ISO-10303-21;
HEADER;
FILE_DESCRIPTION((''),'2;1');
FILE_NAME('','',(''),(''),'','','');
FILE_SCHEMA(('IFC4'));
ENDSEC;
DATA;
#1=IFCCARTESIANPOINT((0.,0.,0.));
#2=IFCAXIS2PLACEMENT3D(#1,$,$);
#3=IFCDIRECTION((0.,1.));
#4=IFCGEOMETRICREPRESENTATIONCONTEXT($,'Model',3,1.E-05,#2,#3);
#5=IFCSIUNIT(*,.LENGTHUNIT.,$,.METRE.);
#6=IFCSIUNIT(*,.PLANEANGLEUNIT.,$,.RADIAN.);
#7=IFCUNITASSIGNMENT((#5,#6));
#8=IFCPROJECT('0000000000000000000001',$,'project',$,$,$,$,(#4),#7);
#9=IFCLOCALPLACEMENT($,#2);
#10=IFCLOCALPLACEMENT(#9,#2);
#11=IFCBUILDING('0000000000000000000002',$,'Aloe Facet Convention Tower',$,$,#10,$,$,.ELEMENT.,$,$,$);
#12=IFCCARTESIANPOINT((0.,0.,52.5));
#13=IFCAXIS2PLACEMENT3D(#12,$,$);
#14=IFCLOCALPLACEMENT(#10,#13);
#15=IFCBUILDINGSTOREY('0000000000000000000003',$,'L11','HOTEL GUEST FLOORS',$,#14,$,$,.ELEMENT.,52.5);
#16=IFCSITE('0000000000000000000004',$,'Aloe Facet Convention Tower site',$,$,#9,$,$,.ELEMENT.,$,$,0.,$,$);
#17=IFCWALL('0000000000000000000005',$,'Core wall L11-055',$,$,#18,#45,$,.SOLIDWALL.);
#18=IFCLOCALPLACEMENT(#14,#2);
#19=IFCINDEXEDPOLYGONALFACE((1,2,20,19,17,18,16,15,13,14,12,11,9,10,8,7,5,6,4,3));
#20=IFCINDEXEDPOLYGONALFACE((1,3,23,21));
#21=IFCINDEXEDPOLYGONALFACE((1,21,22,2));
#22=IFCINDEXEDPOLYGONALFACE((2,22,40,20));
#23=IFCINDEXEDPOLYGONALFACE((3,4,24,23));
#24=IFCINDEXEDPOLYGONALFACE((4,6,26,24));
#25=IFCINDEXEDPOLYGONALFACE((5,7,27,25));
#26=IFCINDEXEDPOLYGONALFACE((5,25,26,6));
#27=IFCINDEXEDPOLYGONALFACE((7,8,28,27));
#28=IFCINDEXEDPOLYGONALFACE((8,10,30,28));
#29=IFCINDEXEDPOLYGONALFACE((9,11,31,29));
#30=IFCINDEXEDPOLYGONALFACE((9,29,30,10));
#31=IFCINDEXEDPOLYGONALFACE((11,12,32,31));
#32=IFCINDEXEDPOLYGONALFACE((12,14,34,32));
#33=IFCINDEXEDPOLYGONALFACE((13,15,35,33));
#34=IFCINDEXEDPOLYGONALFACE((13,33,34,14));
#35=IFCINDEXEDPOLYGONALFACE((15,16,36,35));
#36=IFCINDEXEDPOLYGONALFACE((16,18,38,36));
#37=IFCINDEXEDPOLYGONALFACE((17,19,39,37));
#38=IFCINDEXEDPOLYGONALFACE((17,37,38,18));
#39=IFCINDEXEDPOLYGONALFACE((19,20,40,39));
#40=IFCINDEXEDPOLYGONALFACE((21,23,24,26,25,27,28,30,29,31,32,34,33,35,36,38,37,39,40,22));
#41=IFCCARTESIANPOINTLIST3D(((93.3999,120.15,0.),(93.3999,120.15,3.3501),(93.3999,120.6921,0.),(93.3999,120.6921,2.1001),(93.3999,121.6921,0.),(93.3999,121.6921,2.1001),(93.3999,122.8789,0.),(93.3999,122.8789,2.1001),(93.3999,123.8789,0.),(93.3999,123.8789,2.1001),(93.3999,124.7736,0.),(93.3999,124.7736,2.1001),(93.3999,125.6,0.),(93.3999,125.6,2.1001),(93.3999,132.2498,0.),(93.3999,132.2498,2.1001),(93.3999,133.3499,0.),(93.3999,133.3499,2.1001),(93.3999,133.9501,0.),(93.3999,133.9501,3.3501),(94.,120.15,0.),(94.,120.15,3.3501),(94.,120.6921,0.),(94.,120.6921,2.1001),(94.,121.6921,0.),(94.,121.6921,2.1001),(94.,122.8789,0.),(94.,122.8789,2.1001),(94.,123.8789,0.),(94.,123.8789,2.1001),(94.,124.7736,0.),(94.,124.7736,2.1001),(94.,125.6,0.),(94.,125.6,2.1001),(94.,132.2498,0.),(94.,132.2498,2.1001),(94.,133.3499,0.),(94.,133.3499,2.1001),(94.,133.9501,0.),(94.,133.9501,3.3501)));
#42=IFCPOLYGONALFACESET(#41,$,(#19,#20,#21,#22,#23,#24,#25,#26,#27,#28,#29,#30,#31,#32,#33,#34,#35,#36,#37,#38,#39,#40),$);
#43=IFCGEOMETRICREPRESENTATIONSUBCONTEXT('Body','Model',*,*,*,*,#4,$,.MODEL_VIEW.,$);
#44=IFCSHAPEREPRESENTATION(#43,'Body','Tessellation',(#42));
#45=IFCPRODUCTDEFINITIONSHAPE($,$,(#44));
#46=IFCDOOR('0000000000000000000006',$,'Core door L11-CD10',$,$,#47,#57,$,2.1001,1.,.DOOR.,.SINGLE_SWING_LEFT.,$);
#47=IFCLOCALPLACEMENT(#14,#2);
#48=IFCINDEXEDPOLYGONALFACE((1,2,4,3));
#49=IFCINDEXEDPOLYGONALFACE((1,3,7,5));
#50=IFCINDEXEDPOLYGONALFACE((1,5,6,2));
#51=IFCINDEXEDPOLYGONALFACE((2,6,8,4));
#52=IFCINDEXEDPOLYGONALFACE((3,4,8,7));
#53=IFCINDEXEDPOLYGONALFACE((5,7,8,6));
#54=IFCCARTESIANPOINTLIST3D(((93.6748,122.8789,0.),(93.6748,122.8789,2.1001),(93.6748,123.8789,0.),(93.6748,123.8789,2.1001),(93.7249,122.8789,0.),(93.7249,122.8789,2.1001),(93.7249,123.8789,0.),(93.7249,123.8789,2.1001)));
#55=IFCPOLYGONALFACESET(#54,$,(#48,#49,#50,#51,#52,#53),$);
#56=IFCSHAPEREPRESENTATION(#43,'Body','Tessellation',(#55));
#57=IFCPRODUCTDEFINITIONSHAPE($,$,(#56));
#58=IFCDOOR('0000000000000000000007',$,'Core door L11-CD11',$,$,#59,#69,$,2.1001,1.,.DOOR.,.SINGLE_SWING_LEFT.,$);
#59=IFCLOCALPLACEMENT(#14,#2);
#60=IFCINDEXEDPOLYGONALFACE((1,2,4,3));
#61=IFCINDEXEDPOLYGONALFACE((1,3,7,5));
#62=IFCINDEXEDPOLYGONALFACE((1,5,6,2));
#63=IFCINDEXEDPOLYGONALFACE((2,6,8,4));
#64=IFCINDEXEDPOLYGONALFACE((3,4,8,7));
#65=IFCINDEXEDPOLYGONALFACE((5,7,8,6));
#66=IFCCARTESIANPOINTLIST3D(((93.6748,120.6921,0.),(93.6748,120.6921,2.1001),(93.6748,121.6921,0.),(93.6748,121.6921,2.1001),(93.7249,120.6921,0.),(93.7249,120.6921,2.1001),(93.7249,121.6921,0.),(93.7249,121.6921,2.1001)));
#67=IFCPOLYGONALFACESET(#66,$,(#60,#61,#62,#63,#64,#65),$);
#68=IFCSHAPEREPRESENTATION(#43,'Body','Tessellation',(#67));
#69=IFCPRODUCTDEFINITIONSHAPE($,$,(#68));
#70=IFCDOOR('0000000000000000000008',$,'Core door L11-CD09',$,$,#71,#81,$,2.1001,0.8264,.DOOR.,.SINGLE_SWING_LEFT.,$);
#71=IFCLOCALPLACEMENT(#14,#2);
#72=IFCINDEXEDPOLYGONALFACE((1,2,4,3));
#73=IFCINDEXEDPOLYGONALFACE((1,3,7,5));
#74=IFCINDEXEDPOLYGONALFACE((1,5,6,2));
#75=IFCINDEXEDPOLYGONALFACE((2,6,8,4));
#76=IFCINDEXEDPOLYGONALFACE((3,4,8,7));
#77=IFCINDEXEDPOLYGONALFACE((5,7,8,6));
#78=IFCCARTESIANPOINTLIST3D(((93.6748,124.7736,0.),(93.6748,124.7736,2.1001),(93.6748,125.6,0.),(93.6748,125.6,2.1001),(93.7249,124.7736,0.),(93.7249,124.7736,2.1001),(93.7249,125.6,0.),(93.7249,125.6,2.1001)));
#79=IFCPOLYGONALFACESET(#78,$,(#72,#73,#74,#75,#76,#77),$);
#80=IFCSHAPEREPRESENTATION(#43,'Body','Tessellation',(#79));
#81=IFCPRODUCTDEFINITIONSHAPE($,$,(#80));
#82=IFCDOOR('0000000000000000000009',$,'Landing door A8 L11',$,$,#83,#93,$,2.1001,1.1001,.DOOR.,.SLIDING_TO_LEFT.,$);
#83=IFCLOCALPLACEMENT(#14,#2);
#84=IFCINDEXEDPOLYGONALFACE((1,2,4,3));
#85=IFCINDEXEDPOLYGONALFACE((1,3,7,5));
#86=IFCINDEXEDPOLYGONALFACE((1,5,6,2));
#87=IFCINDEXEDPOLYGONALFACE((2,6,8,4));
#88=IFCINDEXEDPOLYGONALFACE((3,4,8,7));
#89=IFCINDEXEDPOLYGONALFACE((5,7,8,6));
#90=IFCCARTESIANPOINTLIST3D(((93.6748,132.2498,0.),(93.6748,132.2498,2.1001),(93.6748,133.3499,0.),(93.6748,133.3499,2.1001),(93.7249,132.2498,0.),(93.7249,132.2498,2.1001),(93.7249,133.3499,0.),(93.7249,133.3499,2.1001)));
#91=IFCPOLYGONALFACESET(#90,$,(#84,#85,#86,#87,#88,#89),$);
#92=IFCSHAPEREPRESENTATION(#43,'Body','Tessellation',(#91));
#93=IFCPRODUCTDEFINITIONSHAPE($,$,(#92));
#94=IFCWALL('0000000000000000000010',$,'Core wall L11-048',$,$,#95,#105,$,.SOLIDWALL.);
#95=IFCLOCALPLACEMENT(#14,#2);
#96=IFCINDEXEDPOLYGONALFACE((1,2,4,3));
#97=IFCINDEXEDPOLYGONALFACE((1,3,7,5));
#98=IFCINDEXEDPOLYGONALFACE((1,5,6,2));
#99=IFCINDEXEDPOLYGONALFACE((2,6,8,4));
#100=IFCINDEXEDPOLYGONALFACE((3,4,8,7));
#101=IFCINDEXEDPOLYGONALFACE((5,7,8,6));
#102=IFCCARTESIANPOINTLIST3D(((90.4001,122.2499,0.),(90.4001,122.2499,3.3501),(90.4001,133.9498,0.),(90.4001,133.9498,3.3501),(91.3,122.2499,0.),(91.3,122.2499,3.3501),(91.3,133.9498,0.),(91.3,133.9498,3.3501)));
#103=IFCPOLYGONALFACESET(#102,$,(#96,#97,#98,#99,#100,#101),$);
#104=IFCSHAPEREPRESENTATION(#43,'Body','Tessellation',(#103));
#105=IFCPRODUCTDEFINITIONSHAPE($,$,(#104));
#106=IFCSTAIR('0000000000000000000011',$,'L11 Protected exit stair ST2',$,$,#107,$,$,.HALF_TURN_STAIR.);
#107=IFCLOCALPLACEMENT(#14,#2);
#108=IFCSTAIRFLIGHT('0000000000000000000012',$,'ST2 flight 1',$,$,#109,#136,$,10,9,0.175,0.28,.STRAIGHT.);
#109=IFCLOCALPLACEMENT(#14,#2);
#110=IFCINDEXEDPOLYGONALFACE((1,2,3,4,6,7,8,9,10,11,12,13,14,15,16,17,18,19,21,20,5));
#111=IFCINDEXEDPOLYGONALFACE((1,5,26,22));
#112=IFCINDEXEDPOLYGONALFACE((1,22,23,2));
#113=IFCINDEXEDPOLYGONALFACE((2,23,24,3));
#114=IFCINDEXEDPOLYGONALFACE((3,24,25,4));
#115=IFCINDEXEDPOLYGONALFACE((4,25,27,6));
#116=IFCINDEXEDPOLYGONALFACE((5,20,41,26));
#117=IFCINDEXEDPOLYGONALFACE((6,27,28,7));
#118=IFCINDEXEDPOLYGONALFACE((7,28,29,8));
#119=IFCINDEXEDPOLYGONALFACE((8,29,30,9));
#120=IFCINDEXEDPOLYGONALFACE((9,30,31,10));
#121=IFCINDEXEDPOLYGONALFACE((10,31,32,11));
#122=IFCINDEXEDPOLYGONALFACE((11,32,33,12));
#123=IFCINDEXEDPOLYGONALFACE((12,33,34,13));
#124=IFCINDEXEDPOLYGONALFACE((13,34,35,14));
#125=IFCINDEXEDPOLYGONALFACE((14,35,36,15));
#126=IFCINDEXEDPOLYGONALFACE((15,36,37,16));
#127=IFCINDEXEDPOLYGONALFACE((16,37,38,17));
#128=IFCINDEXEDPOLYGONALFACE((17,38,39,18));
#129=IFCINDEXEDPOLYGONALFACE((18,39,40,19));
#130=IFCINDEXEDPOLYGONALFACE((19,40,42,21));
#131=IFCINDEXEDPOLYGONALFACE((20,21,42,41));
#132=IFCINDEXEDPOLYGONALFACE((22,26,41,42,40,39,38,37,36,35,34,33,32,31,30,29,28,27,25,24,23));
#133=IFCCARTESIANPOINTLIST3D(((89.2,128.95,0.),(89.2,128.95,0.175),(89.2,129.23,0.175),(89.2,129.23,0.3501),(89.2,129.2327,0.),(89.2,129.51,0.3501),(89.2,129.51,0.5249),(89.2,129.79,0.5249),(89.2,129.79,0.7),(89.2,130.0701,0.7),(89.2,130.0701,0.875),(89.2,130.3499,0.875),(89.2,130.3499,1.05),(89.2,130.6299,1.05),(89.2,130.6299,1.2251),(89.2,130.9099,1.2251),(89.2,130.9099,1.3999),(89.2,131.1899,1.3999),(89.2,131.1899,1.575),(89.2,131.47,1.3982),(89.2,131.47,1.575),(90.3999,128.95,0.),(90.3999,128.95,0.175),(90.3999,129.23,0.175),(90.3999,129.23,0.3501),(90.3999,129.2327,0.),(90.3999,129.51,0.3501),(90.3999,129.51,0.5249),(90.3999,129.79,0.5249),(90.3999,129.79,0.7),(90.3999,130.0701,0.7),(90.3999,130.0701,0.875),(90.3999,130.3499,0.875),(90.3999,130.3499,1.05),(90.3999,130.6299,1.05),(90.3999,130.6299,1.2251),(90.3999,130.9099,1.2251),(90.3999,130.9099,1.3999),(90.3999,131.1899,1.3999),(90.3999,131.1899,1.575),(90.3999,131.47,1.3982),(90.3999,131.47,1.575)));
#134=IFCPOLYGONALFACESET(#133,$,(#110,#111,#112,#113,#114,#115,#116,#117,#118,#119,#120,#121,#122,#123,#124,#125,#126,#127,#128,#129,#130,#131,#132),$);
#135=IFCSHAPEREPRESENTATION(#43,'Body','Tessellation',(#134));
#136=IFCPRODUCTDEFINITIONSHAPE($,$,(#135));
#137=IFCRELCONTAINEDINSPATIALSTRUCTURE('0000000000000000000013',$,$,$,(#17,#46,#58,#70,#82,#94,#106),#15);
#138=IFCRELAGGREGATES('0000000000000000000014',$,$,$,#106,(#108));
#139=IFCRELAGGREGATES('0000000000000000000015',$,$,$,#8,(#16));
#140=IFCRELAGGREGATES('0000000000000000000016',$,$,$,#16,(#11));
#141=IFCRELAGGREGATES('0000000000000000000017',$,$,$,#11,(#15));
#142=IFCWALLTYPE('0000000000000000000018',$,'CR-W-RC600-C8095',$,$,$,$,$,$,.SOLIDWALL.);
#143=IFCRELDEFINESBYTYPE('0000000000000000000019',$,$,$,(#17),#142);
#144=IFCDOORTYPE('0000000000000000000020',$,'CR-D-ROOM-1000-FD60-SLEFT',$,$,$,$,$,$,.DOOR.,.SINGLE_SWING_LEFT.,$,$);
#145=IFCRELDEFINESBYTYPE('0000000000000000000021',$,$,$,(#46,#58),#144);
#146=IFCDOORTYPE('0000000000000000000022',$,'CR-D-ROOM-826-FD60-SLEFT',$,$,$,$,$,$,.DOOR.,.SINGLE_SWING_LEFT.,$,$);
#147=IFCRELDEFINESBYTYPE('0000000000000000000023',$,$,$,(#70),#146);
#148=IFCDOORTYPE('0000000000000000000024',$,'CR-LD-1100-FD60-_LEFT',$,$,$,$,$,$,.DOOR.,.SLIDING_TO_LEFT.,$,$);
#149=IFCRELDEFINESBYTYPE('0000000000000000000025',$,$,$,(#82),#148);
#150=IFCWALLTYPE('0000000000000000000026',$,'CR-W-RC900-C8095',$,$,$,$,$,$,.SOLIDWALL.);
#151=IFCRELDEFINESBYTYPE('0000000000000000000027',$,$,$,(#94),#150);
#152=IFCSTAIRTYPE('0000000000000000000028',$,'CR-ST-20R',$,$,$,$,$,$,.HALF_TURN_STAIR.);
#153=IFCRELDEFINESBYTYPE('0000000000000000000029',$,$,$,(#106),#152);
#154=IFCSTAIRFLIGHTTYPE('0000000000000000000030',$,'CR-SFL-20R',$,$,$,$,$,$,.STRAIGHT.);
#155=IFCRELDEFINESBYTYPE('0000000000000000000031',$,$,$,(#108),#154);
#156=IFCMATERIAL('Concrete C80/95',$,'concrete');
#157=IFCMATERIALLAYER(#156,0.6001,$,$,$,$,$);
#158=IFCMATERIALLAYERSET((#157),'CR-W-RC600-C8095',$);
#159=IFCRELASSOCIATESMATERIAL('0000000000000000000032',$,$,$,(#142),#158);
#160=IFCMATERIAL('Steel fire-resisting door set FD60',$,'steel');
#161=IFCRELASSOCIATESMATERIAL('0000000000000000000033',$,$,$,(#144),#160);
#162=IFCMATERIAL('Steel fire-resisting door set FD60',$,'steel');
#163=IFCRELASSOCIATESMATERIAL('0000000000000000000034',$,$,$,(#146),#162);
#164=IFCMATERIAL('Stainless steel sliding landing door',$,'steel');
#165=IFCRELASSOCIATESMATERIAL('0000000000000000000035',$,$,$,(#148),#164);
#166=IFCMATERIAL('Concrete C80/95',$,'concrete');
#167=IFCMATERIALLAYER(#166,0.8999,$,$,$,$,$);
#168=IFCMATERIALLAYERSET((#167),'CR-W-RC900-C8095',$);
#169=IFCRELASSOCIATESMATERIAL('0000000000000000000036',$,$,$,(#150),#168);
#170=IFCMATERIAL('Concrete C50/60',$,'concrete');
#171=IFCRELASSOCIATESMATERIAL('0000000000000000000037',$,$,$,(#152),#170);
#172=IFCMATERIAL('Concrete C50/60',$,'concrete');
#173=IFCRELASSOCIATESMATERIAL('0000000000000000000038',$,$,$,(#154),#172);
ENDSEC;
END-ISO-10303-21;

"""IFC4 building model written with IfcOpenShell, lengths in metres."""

from ifc_helpers import new_model, si_unit, direction, frame, frame_2d, origin, place, context, subcontext, project, spatial, polyline, rectangle, outline, extrude, material, layer, layer_set, type_object, element, fill, aggregate, save


model = new_model("IFC4")

# Units and contexts
model_context = context("Model", 3, precision=1e-05, world=origin(), true_north=direction((0.0, 1.0)))
body_context = subcontext(model_context, "Body", "Model", "MODEL_VIEW")
ifc_project = project(units=[si_unit("LENGTHUNIT", "METRE"), si_unit("PLANEANGLEUNIT", "RADIAN")], contexts=[model_context])

# Site, building, storey
site_placement = place(None, origin())
site = spatial("IfcSite", under=ifc_project, at=site_placement, Name="Aloe Facet Convention Tower site", CompositionType="ELEMENT", RefElevation=0.0)
building_placement = place(site_placement, origin())
building = spatial("IfcBuilding", under=site, at=building_placement, Name="Aloe Facet Convention Tower", CompositionType="ELEMENT")
storey_placement = place(building_placement, frame((0.0, 0.0, 52.5)))
storey = spatial("IfcBuildingStorey", under=building, at=storey_placement, Name="L11", Description="HOTEL GUEST FLOORS", CompositionType="ELEMENT", Elevation=52.5)

# Shared definitions
ifc_material_1 = material(Name="Concrete C80/95", Category="concrete")
ifc_layer_1 = layer(ifc_material_1, 0.6001)
ifc_layer_set_1 = layer_set([ifc_layer_1], Name="CR-W-RC600-C8095")
wall_type_1 = type_object("IfcWallType", Name="CR-W-RC600-C8095", PredefinedType="SOLIDWALL", material=ifc_layer_set_1)

# Wall, openings, doors
wall_1_placement = place(storey_placement, frame((93.7, 133.95, 0.0), z_axis=(0.0, 0.0, 1.0), x_axis=(0.0, -1.0, 0.0)))
wall_1 = element("IfcWall", 1, at=wall_1_placement, inside=storey, type_object=wall_type_1, Name="Core wall L11-055", PredefinedType="SOLIDWALL", context=body_context, shape_type="SweptSolid", body=[
    extrude(rectangle(XDim=13.8, YDim=0.6001, at=frame_2d((6.8999, 0.0))), origin(), (0.0, 0.0, 1.0), 3.3501),
])
opening_1_placement = place(wall_1_placement, frame((0.6001, 0.0, 0.0)))
opening_1 = element("IfcOpeningElement", 2, at=opening_1_placement, cuts=wall_1, PredefinedType="OPENING", context=body_context, shape_type="SweptSolid", body=[
    extrude(rectangle(XDim=1.1001, YDim=2.1001, at=frame_2d((0.55, 1.05))), frame((0.0, 0.3101, 0.0), z_axis=(0.0, -1.0, 0.0), x_axis=(1.0, 0.0, 0.0)), (0.0, 0.0, 1.0), 0.6201),
])
opening_2_placement = place(wall_1_placement, frame((8.3501, 0.0, 0.0)))
opening_2 = element("IfcOpeningElement", 3, at=opening_2_placement, cuts=wall_1, PredefinedType="OPENING", context=body_context, shape_type="SweptSolid", body=[
    extrude(rectangle(XDim=0.8264, YDim=2.1001, at=frame_2d((0.4131, 1.05))), frame((0.0, 0.3101, 0.0), z_axis=(0.0, -1.0, 0.0), x_axis=(1.0, 0.0, 0.0)), (0.0, 0.0, 1.0), 0.6201),
])
opening_3_placement = place(wall_1_placement, frame((10.071, 0.0, 0.0)))
opening_3 = element("IfcOpeningElement", 4, at=opening_3_placement, cuts=wall_1, PredefinedType="OPENING", context=body_context, shape_type="SweptSolid", body=[
    extrude(rectangle(XDim=1.0, YDim=2.1001, at=frame_2d((0.5, 1.05))), frame((0.0, 0.3101, 0.0), z_axis=(0.0, -1.0, 0.0), x_axis=(1.0, 0.0, 0.0)), (0.0, 0.0, 1.0), 0.6201),
])
opening_4_placement = place(wall_1_placement, frame((12.2578, 0.0, 0.0)))
opening_4 = element("IfcOpeningElement", 5, at=opening_4_placement, cuts=wall_1, PredefinedType="OPENING", context=body_context, shape_type="SweptSolid", body=[
    extrude(rectangle(XDim=1.0, YDim=2.1001, at=frame_2d((0.5, 1.05))), frame((0.0, 0.3101, 0.0), z_axis=(0.0, -1.0, 0.0), x_axis=(1.0, 0.0, 0.0)), (0.0, 0.0, 1.0), 0.6201),
])
ifc_material_2 = material(Name="Steel fire-resisting door set FD60", Category="steel")
door_type_1 = type_object("IfcDoorType", Name="CR-D-ROOM-1000-FD60-SLEFT", OperationType="SINGLE_SWING_LEFT", PredefinedType="DOOR", material=ifc_material_2)
door_1_placement = place(opening_3_placement, origin())
door_1 = element("IfcDoor", 6, at=door_1_placement, inside=storey, type_object=door_type_1, Name="Core door L11-CD10", OperationType="SINGLE_SWING_LEFT", OverallHeight=2.1001, OverallWidth=1.0, PredefinedType="DOOR", context=body_context, shape_type="SweptSolid", body=[
    extrude(rectangle(XDim=1.0, YDim=2.1001, at=frame_2d((0.5, 1.05))), frame((0.0, 0.0249, 0.0), z_axis=(0.0, -1.0, 0.0), x_axis=(1.0, 0.0, 0.0)), (0.0, 0.0, 1.0), 0.05),
])
fill(opening_3, door_1)
door_2_placement = place(opening_4_placement, origin())
door_2 = element("IfcDoor", 7, at=door_2_placement, inside=storey, type_object=door_type_1, Name="Core door L11-CD11", OperationType="SINGLE_SWING_LEFT", OverallHeight=2.1001, OverallWidth=1.0, PredefinedType="DOOR", context=body_context, shape_type="SweptSolid", body=[
    extrude(rectangle(XDim=1.0, YDim=2.1001, at=frame_2d((0.5, 1.05))), frame((0.0, 0.0249, 0.0), z_axis=(0.0, -1.0, 0.0), x_axis=(1.0, 0.0, 0.0)), (0.0, 0.0, 1.0), 0.05),
])
fill(opening_4, door_2)
ifc_material_3 = material(Name="Steel fire-resisting door set FD60", Category="steel")
door_type_2 = type_object("IfcDoorType", Name="CR-D-ROOM-826-FD60-SLEFT", OperationType="SINGLE_SWING_LEFT", PredefinedType="DOOR", material=ifc_material_3)
door_3_placement = place(opening_2_placement, origin())
door_3 = element("IfcDoor", 8, at=door_3_placement, inside=storey, type_object=door_type_2, Name="Core door L11-CD09", OperationType="SINGLE_SWING_LEFT", OverallHeight=2.1001, OverallWidth=0.8264, PredefinedType="DOOR", context=body_context, shape_type="SweptSolid", body=[
    extrude(rectangle(XDim=0.8264, YDim=2.1001, at=frame_2d((0.4131, 1.05))), frame((0.0, 0.0249, 0.0), z_axis=(0.0, -1.0, 0.0), x_axis=(1.0, 0.0, 0.0)), (0.0, 0.0, 1.0), 0.05),
])
fill(opening_2, door_3)
ifc_material_4 = material(Name="Stainless steel sliding landing door", Category="steel")
door_type_3 = type_object("IfcDoorType", Name="CR-LD-1100-FD60-_LEFT", OperationType="SLIDING_TO_LEFT", PredefinedType="DOOR", material=ifc_material_4)
door_4_placement = place(opening_1_placement, origin())
door_4 = element("IfcDoor", 9, at=door_4_placement, inside=storey, type_object=door_type_3, Name="Landing door A8 L11", OperationType="SLIDING_TO_LEFT", OverallHeight=2.1001, OverallWidth=1.1001, PredefinedType="DOOR", context=body_context, shape_type="SweptSolid", body=[
    extrude(rectangle(XDim=1.1001, YDim=2.1001, at=frame_2d((0.55, 1.05))), frame((0.0, 0.0249, 0.0), z_axis=(0.0, -1.0, 0.0), x_axis=(1.0, 0.0, 0.0)), (0.0, 0.0, 1.0), 0.05),
])
fill(opening_1, door_4)

# Wall
ifc_material_5 = material(Name="Concrete C80/95", Category="concrete")
ifc_layer_2 = layer(ifc_material_5, 0.8999)
ifc_layer_set_2 = layer_set([ifc_layer_2], Name="CR-W-RC900-C8095")
wall_type_2 = type_object("IfcWallType", Name="CR-W-RC900-C8095", PredefinedType="SOLIDWALL", material=ifc_layer_set_2)
wall_2_placement = place(storey_placement, frame((90.8501, 133.95, 0.0), z_axis=(0.0, 0.0, 1.0), x_axis=(0.0, -1.0, 0.0)))
element("IfcWall", 10, at=wall_2_placement, inside=storey, type_object=wall_type_2, Name="Core wall L11-048", PredefinedType="SOLIDWALL", context=body_context, shape_type="SweptSolid", body=[
    extrude(rectangle(XDim=11.7, YDim=0.8999, at=frame_2d((5.8501, 0.0))), origin(), (0.0, 0.0, 1.0), 3.3501),
])

# Stair, stair flight
ifc_material_6 = material(Name="Concrete C50/60", Category="concrete")
stair_type = type_object("IfcStairType", Name="CR-ST-20R", PredefinedType="HALF_TURN_STAIR", material=ifc_material_6)
stair_placement = place(storey_placement, origin())
stair = element("IfcStair", 11, at=stair_placement, inside=storey, type_object=stair_type, Name="L11 Protected exit stair ST2", PredefinedType="HALF_TURN_STAIR")
ifc_material_7 = material(Name="Concrete C50/60", Category="concrete")
stair_flight_type = type_object("IfcStairFlightType", Name="CR-SFL-20R", PredefinedType="STRAIGHT", material=ifc_material_7)
stair_flight_placement = place(storey_placement, frame((89.8, 128.95, 0.0), z_axis=(0.0, 0.0, 1.0), x_axis=(0.0, 1.0, 0.0)))
stair_flight = element("IfcStairFlight", 12, at=stair_flight_placement, type_object=stair_flight_type, Name="ST2 flight 1", NumberOfRisers=10, NumberOfTreads=9, PredefinedType="STRAIGHT", RiserHeight=0.175, TreadLength=0.28, context=body_context, shape_type="SweptSolid", body=[
    extrude(outline(polyline([(0.0, 0.0), (0.0, 0.175), (0.28, 0.175), (0.28, 0.3501), (0.5601, 0.3501), (0.5601, 0.5249), (0.8401, 0.5249), (0.8401, 0.7), (1.1201, 0.7), (1.1201, 0.875), (1.3999, 0.875), (1.3999, 1.05), (1.6799, 1.05), (1.6799, 1.2251), (1.96, 1.2251), (1.96, 1.3999), (2.24, 1.3999), (2.24, 1.575), (2.52, 1.575), (2.52, 1.75), (2.52, 1.3982), (0.2827, 0.0), (0.0, 0.0)])), frame((0.0, 0.6001, 0.0), z_axis=(0.0, -1.0, 0.0), x_axis=(1.0, 0.0, 0.0)), (0.0, 0.0, 1.0), 1.2),
])
aggregate(stair, [stair_flight])

save(model, "model.ifc")
